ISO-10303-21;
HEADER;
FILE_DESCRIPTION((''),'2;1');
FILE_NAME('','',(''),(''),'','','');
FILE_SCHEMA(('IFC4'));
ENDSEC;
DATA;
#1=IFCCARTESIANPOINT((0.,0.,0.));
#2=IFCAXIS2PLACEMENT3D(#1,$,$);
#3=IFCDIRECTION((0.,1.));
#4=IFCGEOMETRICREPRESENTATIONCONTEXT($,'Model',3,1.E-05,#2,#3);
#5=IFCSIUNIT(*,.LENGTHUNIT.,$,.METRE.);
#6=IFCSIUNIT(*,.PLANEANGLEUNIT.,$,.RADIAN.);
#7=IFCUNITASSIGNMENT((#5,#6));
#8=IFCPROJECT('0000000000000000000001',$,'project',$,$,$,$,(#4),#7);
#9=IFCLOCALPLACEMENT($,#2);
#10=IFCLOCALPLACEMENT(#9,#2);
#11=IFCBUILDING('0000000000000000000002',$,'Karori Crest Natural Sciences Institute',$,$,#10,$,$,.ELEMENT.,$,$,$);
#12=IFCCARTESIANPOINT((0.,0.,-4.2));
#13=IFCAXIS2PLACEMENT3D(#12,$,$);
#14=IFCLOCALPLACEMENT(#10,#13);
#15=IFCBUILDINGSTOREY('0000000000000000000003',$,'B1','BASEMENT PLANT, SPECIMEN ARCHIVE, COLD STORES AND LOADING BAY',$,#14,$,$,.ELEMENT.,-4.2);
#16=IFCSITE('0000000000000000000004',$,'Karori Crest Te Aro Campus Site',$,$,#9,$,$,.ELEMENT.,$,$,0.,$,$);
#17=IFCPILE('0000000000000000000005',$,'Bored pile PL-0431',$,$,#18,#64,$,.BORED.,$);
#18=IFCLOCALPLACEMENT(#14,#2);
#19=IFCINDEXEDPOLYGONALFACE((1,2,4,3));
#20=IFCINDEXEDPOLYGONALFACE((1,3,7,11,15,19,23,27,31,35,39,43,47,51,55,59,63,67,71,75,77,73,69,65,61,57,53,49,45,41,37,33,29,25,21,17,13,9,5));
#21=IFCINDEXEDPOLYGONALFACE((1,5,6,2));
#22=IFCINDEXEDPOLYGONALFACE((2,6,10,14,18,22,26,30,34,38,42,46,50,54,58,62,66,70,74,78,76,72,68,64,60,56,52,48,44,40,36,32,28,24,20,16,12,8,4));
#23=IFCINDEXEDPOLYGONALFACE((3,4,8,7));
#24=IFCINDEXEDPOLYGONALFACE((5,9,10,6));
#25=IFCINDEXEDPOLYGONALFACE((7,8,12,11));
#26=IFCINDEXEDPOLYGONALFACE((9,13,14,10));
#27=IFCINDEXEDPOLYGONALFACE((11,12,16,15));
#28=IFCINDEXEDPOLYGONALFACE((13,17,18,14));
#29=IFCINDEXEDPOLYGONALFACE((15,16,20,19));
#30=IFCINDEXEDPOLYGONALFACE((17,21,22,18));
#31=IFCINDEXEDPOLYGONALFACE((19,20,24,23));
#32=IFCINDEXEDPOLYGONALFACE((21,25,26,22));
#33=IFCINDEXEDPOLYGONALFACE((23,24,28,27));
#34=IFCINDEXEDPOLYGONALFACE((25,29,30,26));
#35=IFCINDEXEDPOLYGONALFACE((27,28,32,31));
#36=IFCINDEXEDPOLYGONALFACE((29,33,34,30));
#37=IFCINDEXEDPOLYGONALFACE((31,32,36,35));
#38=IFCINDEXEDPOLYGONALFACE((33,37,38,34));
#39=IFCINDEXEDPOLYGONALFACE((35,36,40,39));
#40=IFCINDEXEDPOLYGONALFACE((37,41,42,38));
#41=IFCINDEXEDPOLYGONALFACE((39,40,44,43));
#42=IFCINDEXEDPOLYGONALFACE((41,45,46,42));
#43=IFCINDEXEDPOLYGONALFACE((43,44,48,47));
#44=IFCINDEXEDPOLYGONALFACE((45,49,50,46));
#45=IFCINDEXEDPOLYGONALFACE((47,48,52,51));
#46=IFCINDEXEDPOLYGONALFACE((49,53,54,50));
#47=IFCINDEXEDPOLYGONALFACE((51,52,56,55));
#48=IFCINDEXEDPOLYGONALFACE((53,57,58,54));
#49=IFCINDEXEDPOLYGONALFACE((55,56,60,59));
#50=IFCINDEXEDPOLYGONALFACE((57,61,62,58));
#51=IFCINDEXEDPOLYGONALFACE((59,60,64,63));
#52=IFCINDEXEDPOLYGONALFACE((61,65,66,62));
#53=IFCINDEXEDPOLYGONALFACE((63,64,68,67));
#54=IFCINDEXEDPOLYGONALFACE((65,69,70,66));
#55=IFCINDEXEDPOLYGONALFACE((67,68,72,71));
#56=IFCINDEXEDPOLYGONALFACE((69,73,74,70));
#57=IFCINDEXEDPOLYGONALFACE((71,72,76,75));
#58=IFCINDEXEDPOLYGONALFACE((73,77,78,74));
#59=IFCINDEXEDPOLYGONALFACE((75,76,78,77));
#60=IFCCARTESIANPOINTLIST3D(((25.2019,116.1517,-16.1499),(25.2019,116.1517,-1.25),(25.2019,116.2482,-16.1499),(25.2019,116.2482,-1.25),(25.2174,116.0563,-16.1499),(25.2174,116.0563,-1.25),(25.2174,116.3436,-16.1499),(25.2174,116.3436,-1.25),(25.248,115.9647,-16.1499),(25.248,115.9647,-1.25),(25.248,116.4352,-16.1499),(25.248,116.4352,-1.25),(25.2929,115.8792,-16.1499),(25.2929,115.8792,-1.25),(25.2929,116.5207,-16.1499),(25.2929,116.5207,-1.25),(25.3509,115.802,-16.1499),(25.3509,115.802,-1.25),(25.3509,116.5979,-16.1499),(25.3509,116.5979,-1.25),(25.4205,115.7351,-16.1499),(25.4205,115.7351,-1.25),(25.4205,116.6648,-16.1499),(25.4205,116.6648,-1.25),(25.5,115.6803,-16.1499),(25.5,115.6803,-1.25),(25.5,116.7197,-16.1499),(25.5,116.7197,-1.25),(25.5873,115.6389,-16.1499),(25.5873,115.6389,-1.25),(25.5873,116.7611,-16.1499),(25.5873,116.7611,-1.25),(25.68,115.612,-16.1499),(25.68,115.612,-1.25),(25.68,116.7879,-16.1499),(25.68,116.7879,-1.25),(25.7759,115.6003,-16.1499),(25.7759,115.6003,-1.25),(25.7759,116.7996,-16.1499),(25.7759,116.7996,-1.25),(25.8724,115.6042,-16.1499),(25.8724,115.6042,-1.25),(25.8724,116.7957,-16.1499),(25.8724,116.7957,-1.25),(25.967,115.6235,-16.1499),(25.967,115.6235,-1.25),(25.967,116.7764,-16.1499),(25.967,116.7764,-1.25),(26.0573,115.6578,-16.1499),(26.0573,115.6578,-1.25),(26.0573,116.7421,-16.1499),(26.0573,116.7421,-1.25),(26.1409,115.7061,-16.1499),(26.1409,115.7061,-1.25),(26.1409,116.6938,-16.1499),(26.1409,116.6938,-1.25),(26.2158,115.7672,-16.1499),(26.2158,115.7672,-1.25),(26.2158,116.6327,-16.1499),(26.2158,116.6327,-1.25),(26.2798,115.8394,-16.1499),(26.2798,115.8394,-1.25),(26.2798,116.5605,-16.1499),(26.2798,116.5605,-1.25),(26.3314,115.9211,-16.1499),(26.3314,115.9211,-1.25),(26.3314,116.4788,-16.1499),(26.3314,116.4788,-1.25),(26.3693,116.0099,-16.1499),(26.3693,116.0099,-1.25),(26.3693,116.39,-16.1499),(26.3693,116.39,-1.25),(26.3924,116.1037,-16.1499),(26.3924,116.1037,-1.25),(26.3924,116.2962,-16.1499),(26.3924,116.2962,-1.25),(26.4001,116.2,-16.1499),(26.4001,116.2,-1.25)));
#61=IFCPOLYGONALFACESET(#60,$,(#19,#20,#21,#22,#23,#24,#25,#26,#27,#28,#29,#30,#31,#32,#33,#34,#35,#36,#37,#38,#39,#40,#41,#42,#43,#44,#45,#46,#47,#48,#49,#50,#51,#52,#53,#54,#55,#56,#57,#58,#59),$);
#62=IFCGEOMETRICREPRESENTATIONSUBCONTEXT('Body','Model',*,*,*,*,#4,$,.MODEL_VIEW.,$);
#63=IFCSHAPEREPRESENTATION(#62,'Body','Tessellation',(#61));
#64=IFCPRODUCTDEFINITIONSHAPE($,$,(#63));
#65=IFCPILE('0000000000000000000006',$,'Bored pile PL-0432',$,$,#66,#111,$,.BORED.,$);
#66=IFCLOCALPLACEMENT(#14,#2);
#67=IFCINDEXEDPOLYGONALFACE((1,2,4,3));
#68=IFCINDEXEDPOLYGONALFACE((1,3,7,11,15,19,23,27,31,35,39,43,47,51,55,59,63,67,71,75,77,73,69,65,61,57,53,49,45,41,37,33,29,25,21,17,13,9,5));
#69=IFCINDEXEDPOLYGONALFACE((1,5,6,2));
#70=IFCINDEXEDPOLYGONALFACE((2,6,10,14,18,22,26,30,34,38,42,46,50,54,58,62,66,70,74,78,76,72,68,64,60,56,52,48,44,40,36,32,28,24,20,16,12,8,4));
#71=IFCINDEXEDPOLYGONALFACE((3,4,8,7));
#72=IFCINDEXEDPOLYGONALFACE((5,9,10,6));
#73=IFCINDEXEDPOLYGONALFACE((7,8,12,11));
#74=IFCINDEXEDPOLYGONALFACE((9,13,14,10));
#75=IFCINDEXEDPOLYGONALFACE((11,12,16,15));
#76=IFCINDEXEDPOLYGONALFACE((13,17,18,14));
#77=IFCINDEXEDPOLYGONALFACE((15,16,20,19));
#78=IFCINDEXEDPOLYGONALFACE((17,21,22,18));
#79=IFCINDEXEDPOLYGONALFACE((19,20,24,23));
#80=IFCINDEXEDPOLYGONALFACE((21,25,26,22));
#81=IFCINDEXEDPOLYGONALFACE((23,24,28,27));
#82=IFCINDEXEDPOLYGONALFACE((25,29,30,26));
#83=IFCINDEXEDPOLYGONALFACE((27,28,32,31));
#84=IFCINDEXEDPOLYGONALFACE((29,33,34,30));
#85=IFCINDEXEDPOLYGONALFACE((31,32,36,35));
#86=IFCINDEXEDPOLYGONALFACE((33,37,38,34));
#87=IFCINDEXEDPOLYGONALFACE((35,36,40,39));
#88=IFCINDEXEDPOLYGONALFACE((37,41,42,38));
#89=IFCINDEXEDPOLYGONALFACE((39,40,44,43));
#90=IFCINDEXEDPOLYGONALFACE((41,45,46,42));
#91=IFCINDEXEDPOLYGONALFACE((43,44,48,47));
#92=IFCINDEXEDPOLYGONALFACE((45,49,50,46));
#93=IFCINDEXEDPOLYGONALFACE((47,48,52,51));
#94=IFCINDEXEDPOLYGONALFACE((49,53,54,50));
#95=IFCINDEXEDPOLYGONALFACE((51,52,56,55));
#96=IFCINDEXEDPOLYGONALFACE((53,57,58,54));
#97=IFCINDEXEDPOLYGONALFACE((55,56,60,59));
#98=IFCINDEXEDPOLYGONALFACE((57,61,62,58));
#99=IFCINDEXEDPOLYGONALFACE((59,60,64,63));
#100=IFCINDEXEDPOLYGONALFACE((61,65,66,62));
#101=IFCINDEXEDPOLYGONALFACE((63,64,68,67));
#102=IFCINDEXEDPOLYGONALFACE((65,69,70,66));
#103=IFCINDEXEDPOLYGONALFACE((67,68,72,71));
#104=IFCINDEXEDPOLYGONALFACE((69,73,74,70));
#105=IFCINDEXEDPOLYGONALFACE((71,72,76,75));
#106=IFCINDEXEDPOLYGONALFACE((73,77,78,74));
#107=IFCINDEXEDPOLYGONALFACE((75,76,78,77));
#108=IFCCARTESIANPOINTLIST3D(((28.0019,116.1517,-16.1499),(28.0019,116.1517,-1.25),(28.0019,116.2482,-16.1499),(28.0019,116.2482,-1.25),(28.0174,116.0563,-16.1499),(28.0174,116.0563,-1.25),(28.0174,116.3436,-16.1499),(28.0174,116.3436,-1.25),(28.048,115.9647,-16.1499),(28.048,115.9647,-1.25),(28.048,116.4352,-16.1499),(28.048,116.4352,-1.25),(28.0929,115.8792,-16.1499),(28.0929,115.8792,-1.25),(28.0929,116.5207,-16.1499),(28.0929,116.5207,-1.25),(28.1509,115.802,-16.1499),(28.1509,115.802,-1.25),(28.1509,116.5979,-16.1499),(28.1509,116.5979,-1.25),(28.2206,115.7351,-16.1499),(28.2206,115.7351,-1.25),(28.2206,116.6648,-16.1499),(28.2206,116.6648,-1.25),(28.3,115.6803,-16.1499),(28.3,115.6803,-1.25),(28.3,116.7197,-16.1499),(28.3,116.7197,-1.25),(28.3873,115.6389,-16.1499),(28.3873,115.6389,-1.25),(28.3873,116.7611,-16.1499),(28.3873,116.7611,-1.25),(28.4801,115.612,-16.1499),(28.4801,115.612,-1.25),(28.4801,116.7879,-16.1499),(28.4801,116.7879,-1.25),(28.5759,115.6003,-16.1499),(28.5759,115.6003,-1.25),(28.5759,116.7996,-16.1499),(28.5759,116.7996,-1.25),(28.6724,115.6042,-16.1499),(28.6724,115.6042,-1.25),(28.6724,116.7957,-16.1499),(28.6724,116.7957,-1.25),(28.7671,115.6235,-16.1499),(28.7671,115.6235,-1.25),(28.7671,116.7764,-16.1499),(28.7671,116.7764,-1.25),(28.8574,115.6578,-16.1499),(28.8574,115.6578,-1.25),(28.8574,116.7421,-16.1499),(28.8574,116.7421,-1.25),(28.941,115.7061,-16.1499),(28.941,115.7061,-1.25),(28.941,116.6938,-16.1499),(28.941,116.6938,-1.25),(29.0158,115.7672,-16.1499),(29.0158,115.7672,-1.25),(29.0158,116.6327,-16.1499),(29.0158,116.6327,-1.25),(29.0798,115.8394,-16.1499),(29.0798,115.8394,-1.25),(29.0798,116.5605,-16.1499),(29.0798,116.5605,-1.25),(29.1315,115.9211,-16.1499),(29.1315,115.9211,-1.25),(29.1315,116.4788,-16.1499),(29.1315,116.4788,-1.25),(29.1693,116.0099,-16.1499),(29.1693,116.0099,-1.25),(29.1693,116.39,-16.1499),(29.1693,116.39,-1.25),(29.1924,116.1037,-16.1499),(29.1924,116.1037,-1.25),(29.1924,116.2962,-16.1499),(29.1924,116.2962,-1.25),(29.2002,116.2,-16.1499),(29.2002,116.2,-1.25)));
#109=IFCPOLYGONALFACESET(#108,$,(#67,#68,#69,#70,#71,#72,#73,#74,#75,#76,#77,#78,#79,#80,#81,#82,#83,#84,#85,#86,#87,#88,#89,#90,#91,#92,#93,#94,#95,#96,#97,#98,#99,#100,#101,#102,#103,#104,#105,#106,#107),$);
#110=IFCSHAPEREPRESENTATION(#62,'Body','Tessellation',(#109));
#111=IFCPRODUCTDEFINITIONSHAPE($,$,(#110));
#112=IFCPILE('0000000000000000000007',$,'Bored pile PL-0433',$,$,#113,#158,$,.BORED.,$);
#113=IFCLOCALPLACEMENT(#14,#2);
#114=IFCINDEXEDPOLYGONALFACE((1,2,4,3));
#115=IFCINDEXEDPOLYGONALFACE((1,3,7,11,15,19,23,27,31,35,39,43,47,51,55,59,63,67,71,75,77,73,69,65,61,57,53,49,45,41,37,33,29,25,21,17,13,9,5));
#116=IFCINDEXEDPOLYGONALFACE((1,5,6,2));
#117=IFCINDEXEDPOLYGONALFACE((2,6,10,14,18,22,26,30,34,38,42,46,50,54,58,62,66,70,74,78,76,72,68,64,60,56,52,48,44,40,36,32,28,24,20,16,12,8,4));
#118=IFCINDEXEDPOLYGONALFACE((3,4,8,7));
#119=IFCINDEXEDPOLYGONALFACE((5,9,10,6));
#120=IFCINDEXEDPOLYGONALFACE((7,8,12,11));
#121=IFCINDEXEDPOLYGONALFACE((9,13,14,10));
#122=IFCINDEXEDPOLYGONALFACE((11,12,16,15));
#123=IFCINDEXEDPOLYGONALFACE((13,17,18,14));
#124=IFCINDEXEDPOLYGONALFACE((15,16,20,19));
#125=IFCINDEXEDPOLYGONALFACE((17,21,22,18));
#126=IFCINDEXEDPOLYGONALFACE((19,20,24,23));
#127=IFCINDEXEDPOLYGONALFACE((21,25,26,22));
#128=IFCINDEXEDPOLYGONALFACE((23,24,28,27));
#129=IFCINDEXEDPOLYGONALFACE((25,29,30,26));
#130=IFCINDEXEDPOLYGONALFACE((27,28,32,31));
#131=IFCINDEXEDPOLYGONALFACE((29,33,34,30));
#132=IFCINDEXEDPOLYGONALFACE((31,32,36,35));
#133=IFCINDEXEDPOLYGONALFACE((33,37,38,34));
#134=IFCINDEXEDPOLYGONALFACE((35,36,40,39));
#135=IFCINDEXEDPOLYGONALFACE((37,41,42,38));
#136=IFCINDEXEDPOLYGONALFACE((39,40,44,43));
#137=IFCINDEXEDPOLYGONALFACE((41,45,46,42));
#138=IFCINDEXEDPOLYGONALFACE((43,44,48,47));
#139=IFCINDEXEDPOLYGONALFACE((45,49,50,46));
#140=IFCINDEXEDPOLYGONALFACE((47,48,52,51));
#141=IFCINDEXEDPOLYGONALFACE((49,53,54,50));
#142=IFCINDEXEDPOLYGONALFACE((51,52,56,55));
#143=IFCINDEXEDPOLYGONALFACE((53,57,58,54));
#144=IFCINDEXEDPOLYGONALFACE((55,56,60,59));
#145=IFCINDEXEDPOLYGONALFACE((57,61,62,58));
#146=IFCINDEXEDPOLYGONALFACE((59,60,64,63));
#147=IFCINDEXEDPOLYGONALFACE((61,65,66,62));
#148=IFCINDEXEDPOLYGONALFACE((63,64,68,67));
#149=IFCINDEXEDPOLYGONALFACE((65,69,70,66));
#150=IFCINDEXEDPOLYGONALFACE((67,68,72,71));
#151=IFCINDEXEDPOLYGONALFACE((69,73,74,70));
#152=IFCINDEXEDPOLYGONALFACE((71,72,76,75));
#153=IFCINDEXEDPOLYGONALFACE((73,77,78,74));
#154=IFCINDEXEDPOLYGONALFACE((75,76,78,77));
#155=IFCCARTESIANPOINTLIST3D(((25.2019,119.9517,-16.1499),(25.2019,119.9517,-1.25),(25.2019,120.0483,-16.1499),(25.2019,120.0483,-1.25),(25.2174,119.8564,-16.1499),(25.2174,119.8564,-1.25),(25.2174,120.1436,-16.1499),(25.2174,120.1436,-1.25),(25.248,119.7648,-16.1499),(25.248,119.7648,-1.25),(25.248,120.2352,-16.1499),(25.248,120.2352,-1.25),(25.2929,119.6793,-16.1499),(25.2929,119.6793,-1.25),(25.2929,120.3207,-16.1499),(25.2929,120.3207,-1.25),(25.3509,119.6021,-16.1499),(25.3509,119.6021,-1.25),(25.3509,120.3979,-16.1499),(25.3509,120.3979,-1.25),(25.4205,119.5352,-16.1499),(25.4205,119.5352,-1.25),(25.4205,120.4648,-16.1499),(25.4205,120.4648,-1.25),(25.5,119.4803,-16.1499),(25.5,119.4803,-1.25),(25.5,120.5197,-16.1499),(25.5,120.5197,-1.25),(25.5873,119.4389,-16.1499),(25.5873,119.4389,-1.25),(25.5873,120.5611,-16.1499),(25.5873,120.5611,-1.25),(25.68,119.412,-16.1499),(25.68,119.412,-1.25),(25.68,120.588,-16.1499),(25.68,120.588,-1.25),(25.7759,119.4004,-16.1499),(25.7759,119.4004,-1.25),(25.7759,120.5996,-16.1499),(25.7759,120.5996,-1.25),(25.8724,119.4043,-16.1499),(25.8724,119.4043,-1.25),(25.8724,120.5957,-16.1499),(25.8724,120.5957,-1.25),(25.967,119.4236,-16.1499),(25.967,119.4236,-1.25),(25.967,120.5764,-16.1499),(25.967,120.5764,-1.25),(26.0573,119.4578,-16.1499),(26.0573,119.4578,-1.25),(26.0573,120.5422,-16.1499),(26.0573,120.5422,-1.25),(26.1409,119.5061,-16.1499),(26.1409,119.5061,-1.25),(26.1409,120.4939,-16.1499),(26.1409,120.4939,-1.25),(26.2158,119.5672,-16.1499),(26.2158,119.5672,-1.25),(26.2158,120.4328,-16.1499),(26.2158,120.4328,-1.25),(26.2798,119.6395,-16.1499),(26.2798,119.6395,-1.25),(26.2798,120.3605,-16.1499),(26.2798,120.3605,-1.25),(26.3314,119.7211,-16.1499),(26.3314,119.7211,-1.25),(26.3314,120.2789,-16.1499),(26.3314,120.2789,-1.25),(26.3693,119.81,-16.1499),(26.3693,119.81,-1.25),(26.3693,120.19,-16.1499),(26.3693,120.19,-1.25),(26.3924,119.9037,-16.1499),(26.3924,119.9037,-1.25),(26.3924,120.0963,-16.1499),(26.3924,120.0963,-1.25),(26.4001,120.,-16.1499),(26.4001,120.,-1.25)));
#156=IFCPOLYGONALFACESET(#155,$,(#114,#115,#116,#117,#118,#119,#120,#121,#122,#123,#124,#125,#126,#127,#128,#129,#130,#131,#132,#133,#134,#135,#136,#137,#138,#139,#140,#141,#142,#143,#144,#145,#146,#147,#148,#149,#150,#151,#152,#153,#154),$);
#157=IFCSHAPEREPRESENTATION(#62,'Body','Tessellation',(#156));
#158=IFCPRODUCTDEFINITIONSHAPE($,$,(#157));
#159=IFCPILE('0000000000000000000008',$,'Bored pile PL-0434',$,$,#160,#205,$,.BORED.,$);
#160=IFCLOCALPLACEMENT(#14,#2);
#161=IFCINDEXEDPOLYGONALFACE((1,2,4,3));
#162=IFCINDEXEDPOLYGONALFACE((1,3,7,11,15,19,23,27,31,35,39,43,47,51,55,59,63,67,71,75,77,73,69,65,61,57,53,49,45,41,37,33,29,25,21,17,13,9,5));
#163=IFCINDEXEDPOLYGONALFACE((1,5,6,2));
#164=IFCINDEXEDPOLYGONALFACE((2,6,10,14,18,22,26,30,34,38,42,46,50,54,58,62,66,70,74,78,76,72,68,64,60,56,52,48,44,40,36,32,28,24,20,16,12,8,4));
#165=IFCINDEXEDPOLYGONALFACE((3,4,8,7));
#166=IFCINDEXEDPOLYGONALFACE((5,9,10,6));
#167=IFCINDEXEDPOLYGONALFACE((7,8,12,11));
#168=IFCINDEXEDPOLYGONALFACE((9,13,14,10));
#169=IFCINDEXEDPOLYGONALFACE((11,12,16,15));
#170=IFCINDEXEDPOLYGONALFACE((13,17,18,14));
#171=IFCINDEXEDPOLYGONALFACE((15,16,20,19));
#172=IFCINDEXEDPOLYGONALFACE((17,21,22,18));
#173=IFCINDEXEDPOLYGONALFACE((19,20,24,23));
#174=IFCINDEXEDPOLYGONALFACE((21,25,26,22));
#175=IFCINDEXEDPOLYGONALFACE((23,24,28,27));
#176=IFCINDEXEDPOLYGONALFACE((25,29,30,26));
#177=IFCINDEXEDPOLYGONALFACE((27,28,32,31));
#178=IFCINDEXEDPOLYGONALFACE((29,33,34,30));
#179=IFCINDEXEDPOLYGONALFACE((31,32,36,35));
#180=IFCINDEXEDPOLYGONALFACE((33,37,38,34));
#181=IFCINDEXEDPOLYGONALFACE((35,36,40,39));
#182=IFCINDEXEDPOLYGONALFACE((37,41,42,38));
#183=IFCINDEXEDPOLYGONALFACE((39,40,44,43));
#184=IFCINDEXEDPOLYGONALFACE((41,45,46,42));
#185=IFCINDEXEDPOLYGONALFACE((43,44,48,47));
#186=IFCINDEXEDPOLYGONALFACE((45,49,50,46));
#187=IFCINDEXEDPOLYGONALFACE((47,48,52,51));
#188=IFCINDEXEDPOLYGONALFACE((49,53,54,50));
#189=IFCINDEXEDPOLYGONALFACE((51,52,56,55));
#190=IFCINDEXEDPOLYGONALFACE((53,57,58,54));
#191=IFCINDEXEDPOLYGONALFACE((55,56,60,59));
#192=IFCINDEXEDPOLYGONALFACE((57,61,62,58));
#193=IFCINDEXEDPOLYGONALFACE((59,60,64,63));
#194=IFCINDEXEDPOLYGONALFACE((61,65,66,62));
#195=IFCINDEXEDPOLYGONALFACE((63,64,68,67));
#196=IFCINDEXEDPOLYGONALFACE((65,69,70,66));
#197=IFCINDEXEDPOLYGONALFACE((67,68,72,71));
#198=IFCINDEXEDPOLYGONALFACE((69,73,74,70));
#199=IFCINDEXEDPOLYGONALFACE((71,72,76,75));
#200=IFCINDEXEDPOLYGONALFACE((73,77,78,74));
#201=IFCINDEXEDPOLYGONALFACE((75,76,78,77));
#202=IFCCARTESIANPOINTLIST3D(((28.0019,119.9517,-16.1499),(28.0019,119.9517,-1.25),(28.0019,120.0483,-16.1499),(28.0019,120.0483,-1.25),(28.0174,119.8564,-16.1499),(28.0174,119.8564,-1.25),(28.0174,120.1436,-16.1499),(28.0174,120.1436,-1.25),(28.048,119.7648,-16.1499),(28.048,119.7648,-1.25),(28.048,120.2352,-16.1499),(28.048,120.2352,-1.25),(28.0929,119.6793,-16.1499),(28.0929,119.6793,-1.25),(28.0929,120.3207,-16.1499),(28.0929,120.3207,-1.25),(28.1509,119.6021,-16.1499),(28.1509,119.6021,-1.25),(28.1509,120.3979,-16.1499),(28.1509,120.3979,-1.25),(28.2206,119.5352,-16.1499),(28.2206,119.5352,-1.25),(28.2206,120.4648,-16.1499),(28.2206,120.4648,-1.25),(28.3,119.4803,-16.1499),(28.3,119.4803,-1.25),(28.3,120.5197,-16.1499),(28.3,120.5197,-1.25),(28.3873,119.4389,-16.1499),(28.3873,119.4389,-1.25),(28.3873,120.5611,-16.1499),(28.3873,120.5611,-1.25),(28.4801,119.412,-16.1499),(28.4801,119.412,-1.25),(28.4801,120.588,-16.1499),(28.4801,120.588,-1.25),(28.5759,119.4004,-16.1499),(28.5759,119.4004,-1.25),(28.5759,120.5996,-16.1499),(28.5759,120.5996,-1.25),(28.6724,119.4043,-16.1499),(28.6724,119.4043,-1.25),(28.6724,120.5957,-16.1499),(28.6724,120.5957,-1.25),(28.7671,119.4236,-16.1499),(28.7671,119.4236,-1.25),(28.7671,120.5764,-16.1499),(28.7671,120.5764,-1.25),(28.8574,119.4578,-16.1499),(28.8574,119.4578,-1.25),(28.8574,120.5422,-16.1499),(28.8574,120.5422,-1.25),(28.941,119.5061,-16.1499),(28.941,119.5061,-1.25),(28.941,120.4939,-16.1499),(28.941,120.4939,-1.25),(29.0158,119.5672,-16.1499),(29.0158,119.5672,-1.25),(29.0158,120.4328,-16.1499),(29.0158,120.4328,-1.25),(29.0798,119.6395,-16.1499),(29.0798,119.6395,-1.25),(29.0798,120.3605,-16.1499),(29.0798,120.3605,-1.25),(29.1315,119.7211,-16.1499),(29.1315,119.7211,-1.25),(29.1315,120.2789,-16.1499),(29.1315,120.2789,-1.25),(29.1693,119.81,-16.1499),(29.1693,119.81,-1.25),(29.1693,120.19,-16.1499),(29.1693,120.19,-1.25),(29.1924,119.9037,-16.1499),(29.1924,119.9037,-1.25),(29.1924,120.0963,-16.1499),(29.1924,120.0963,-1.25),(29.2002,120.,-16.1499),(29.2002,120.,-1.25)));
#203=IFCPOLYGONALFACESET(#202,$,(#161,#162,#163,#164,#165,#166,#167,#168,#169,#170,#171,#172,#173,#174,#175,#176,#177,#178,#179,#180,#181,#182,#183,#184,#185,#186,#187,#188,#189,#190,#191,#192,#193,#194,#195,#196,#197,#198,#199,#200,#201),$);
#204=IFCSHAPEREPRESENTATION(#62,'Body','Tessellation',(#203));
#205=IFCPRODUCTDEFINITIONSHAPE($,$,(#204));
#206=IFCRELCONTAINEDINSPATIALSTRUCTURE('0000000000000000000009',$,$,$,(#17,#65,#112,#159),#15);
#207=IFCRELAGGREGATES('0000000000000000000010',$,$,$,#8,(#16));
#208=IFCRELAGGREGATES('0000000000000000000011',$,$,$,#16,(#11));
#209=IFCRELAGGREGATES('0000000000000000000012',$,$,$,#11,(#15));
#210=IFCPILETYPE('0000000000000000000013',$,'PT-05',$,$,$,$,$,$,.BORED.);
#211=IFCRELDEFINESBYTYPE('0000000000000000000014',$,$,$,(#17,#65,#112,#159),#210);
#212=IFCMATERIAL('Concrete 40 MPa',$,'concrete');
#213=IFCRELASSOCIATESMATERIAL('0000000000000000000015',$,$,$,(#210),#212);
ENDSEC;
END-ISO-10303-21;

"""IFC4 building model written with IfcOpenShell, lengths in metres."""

from ifc_helpers import new_model, si_unit, direction, frame, origin, origin_2d, place, context, subcontext, project, spatial, circle, extrude, material, material_profile, profile_set, type_object, element, save


model = new_model("IFC4")

# Units and contexts
model_context = context("Model", 3, precision=1e-05, world=origin(), true_north=direction((0.0, 1.0)))
body_context = subcontext(model_context, "Body", "Model", "MODEL_VIEW")
ifc_project = project(units=[si_unit("LENGTHUNIT", "METRE"), si_unit("PLANEANGLEUNIT", "RADIAN")], contexts=[model_context])

# Site, building, storey
site_placement = place(None, origin())
site = spatial("IfcSite", under=ifc_project, at=site_placement, Name="Karori Crest Te Aro Campus Site", CompositionType="ELEMENT", RefElevation=0.0)
building_placement = place(site_placement, origin())
building = spatial("IfcBuilding", under=site, at=building_placement, Name="Karori Crest Natural Sciences Institute", CompositionType="ELEMENT")
storey_placement = place(building_placement, frame((0.0, 0.0, -4.2)))
storey = spatial("IfcBuildingStorey", under=building, at=storey_placement, Name="B1", Description="BASEMENT PLANT, SPECIMEN ARCHIVE, COLD STORES AND LOADING BAY", CompositionType="ELEMENT", Elevation=-4.2)

# Shared definitions
ifc_material_1 = material(Name="Concrete 40 MPa", Category="concrete")

# Piles
ifc_material_profile_1 = material_profile(ifc_material_1, circle(Radius=0.6001, at=origin_2d()), Name="PILE1200")
ifc_profile_set_1 = profile_set([ifc_material_profile_1], Name="Concrete 40 MPa")
pile_type = type_object("IfcPileType", Name="PT-05", PredefinedType="BORED", material=ifc_profile_set_1)
for number, where, z_axis, x_axis, name in (
    (1, (25.8, 116.2, -1.25), (0.0, 0.0, -1.0), (1.0, 0.0, 0.0), "Bored pile PL-0431"),
    (2, (28.6001, 116.2, -1.25), (0.0, 0.0, -1.0), (1.0, 0.0, 0.0), "Bored pile PL-0432"),
    (3, (25.8, 120.0, -1.25), (0.0, 0.0, -1.0), (1.0, 0.0, 0.0), "Bored pile PL-0433"),
    (4, (28.6001, 120.0, -1.25), (0.0, 0.0, -1.0), (1.0, 0.0, 0.0), "Bored pile PL-0434"),
):
    element("IfcPile", number, at=place(storey_placement, frame(where, z_axis=z_axis, x_axis=x_axis)), inside=storey, type_object=pile_type, Name=name, PredefinedType="BORED", context=body_context, shape_type="SweptSolid", body=[
        extrude(circle(Radius=0.6001, at=origin_2d()), origin(), (0.0, 0.0, 1.0), 14.8999),
    ])

save(model, "model.ifc")
